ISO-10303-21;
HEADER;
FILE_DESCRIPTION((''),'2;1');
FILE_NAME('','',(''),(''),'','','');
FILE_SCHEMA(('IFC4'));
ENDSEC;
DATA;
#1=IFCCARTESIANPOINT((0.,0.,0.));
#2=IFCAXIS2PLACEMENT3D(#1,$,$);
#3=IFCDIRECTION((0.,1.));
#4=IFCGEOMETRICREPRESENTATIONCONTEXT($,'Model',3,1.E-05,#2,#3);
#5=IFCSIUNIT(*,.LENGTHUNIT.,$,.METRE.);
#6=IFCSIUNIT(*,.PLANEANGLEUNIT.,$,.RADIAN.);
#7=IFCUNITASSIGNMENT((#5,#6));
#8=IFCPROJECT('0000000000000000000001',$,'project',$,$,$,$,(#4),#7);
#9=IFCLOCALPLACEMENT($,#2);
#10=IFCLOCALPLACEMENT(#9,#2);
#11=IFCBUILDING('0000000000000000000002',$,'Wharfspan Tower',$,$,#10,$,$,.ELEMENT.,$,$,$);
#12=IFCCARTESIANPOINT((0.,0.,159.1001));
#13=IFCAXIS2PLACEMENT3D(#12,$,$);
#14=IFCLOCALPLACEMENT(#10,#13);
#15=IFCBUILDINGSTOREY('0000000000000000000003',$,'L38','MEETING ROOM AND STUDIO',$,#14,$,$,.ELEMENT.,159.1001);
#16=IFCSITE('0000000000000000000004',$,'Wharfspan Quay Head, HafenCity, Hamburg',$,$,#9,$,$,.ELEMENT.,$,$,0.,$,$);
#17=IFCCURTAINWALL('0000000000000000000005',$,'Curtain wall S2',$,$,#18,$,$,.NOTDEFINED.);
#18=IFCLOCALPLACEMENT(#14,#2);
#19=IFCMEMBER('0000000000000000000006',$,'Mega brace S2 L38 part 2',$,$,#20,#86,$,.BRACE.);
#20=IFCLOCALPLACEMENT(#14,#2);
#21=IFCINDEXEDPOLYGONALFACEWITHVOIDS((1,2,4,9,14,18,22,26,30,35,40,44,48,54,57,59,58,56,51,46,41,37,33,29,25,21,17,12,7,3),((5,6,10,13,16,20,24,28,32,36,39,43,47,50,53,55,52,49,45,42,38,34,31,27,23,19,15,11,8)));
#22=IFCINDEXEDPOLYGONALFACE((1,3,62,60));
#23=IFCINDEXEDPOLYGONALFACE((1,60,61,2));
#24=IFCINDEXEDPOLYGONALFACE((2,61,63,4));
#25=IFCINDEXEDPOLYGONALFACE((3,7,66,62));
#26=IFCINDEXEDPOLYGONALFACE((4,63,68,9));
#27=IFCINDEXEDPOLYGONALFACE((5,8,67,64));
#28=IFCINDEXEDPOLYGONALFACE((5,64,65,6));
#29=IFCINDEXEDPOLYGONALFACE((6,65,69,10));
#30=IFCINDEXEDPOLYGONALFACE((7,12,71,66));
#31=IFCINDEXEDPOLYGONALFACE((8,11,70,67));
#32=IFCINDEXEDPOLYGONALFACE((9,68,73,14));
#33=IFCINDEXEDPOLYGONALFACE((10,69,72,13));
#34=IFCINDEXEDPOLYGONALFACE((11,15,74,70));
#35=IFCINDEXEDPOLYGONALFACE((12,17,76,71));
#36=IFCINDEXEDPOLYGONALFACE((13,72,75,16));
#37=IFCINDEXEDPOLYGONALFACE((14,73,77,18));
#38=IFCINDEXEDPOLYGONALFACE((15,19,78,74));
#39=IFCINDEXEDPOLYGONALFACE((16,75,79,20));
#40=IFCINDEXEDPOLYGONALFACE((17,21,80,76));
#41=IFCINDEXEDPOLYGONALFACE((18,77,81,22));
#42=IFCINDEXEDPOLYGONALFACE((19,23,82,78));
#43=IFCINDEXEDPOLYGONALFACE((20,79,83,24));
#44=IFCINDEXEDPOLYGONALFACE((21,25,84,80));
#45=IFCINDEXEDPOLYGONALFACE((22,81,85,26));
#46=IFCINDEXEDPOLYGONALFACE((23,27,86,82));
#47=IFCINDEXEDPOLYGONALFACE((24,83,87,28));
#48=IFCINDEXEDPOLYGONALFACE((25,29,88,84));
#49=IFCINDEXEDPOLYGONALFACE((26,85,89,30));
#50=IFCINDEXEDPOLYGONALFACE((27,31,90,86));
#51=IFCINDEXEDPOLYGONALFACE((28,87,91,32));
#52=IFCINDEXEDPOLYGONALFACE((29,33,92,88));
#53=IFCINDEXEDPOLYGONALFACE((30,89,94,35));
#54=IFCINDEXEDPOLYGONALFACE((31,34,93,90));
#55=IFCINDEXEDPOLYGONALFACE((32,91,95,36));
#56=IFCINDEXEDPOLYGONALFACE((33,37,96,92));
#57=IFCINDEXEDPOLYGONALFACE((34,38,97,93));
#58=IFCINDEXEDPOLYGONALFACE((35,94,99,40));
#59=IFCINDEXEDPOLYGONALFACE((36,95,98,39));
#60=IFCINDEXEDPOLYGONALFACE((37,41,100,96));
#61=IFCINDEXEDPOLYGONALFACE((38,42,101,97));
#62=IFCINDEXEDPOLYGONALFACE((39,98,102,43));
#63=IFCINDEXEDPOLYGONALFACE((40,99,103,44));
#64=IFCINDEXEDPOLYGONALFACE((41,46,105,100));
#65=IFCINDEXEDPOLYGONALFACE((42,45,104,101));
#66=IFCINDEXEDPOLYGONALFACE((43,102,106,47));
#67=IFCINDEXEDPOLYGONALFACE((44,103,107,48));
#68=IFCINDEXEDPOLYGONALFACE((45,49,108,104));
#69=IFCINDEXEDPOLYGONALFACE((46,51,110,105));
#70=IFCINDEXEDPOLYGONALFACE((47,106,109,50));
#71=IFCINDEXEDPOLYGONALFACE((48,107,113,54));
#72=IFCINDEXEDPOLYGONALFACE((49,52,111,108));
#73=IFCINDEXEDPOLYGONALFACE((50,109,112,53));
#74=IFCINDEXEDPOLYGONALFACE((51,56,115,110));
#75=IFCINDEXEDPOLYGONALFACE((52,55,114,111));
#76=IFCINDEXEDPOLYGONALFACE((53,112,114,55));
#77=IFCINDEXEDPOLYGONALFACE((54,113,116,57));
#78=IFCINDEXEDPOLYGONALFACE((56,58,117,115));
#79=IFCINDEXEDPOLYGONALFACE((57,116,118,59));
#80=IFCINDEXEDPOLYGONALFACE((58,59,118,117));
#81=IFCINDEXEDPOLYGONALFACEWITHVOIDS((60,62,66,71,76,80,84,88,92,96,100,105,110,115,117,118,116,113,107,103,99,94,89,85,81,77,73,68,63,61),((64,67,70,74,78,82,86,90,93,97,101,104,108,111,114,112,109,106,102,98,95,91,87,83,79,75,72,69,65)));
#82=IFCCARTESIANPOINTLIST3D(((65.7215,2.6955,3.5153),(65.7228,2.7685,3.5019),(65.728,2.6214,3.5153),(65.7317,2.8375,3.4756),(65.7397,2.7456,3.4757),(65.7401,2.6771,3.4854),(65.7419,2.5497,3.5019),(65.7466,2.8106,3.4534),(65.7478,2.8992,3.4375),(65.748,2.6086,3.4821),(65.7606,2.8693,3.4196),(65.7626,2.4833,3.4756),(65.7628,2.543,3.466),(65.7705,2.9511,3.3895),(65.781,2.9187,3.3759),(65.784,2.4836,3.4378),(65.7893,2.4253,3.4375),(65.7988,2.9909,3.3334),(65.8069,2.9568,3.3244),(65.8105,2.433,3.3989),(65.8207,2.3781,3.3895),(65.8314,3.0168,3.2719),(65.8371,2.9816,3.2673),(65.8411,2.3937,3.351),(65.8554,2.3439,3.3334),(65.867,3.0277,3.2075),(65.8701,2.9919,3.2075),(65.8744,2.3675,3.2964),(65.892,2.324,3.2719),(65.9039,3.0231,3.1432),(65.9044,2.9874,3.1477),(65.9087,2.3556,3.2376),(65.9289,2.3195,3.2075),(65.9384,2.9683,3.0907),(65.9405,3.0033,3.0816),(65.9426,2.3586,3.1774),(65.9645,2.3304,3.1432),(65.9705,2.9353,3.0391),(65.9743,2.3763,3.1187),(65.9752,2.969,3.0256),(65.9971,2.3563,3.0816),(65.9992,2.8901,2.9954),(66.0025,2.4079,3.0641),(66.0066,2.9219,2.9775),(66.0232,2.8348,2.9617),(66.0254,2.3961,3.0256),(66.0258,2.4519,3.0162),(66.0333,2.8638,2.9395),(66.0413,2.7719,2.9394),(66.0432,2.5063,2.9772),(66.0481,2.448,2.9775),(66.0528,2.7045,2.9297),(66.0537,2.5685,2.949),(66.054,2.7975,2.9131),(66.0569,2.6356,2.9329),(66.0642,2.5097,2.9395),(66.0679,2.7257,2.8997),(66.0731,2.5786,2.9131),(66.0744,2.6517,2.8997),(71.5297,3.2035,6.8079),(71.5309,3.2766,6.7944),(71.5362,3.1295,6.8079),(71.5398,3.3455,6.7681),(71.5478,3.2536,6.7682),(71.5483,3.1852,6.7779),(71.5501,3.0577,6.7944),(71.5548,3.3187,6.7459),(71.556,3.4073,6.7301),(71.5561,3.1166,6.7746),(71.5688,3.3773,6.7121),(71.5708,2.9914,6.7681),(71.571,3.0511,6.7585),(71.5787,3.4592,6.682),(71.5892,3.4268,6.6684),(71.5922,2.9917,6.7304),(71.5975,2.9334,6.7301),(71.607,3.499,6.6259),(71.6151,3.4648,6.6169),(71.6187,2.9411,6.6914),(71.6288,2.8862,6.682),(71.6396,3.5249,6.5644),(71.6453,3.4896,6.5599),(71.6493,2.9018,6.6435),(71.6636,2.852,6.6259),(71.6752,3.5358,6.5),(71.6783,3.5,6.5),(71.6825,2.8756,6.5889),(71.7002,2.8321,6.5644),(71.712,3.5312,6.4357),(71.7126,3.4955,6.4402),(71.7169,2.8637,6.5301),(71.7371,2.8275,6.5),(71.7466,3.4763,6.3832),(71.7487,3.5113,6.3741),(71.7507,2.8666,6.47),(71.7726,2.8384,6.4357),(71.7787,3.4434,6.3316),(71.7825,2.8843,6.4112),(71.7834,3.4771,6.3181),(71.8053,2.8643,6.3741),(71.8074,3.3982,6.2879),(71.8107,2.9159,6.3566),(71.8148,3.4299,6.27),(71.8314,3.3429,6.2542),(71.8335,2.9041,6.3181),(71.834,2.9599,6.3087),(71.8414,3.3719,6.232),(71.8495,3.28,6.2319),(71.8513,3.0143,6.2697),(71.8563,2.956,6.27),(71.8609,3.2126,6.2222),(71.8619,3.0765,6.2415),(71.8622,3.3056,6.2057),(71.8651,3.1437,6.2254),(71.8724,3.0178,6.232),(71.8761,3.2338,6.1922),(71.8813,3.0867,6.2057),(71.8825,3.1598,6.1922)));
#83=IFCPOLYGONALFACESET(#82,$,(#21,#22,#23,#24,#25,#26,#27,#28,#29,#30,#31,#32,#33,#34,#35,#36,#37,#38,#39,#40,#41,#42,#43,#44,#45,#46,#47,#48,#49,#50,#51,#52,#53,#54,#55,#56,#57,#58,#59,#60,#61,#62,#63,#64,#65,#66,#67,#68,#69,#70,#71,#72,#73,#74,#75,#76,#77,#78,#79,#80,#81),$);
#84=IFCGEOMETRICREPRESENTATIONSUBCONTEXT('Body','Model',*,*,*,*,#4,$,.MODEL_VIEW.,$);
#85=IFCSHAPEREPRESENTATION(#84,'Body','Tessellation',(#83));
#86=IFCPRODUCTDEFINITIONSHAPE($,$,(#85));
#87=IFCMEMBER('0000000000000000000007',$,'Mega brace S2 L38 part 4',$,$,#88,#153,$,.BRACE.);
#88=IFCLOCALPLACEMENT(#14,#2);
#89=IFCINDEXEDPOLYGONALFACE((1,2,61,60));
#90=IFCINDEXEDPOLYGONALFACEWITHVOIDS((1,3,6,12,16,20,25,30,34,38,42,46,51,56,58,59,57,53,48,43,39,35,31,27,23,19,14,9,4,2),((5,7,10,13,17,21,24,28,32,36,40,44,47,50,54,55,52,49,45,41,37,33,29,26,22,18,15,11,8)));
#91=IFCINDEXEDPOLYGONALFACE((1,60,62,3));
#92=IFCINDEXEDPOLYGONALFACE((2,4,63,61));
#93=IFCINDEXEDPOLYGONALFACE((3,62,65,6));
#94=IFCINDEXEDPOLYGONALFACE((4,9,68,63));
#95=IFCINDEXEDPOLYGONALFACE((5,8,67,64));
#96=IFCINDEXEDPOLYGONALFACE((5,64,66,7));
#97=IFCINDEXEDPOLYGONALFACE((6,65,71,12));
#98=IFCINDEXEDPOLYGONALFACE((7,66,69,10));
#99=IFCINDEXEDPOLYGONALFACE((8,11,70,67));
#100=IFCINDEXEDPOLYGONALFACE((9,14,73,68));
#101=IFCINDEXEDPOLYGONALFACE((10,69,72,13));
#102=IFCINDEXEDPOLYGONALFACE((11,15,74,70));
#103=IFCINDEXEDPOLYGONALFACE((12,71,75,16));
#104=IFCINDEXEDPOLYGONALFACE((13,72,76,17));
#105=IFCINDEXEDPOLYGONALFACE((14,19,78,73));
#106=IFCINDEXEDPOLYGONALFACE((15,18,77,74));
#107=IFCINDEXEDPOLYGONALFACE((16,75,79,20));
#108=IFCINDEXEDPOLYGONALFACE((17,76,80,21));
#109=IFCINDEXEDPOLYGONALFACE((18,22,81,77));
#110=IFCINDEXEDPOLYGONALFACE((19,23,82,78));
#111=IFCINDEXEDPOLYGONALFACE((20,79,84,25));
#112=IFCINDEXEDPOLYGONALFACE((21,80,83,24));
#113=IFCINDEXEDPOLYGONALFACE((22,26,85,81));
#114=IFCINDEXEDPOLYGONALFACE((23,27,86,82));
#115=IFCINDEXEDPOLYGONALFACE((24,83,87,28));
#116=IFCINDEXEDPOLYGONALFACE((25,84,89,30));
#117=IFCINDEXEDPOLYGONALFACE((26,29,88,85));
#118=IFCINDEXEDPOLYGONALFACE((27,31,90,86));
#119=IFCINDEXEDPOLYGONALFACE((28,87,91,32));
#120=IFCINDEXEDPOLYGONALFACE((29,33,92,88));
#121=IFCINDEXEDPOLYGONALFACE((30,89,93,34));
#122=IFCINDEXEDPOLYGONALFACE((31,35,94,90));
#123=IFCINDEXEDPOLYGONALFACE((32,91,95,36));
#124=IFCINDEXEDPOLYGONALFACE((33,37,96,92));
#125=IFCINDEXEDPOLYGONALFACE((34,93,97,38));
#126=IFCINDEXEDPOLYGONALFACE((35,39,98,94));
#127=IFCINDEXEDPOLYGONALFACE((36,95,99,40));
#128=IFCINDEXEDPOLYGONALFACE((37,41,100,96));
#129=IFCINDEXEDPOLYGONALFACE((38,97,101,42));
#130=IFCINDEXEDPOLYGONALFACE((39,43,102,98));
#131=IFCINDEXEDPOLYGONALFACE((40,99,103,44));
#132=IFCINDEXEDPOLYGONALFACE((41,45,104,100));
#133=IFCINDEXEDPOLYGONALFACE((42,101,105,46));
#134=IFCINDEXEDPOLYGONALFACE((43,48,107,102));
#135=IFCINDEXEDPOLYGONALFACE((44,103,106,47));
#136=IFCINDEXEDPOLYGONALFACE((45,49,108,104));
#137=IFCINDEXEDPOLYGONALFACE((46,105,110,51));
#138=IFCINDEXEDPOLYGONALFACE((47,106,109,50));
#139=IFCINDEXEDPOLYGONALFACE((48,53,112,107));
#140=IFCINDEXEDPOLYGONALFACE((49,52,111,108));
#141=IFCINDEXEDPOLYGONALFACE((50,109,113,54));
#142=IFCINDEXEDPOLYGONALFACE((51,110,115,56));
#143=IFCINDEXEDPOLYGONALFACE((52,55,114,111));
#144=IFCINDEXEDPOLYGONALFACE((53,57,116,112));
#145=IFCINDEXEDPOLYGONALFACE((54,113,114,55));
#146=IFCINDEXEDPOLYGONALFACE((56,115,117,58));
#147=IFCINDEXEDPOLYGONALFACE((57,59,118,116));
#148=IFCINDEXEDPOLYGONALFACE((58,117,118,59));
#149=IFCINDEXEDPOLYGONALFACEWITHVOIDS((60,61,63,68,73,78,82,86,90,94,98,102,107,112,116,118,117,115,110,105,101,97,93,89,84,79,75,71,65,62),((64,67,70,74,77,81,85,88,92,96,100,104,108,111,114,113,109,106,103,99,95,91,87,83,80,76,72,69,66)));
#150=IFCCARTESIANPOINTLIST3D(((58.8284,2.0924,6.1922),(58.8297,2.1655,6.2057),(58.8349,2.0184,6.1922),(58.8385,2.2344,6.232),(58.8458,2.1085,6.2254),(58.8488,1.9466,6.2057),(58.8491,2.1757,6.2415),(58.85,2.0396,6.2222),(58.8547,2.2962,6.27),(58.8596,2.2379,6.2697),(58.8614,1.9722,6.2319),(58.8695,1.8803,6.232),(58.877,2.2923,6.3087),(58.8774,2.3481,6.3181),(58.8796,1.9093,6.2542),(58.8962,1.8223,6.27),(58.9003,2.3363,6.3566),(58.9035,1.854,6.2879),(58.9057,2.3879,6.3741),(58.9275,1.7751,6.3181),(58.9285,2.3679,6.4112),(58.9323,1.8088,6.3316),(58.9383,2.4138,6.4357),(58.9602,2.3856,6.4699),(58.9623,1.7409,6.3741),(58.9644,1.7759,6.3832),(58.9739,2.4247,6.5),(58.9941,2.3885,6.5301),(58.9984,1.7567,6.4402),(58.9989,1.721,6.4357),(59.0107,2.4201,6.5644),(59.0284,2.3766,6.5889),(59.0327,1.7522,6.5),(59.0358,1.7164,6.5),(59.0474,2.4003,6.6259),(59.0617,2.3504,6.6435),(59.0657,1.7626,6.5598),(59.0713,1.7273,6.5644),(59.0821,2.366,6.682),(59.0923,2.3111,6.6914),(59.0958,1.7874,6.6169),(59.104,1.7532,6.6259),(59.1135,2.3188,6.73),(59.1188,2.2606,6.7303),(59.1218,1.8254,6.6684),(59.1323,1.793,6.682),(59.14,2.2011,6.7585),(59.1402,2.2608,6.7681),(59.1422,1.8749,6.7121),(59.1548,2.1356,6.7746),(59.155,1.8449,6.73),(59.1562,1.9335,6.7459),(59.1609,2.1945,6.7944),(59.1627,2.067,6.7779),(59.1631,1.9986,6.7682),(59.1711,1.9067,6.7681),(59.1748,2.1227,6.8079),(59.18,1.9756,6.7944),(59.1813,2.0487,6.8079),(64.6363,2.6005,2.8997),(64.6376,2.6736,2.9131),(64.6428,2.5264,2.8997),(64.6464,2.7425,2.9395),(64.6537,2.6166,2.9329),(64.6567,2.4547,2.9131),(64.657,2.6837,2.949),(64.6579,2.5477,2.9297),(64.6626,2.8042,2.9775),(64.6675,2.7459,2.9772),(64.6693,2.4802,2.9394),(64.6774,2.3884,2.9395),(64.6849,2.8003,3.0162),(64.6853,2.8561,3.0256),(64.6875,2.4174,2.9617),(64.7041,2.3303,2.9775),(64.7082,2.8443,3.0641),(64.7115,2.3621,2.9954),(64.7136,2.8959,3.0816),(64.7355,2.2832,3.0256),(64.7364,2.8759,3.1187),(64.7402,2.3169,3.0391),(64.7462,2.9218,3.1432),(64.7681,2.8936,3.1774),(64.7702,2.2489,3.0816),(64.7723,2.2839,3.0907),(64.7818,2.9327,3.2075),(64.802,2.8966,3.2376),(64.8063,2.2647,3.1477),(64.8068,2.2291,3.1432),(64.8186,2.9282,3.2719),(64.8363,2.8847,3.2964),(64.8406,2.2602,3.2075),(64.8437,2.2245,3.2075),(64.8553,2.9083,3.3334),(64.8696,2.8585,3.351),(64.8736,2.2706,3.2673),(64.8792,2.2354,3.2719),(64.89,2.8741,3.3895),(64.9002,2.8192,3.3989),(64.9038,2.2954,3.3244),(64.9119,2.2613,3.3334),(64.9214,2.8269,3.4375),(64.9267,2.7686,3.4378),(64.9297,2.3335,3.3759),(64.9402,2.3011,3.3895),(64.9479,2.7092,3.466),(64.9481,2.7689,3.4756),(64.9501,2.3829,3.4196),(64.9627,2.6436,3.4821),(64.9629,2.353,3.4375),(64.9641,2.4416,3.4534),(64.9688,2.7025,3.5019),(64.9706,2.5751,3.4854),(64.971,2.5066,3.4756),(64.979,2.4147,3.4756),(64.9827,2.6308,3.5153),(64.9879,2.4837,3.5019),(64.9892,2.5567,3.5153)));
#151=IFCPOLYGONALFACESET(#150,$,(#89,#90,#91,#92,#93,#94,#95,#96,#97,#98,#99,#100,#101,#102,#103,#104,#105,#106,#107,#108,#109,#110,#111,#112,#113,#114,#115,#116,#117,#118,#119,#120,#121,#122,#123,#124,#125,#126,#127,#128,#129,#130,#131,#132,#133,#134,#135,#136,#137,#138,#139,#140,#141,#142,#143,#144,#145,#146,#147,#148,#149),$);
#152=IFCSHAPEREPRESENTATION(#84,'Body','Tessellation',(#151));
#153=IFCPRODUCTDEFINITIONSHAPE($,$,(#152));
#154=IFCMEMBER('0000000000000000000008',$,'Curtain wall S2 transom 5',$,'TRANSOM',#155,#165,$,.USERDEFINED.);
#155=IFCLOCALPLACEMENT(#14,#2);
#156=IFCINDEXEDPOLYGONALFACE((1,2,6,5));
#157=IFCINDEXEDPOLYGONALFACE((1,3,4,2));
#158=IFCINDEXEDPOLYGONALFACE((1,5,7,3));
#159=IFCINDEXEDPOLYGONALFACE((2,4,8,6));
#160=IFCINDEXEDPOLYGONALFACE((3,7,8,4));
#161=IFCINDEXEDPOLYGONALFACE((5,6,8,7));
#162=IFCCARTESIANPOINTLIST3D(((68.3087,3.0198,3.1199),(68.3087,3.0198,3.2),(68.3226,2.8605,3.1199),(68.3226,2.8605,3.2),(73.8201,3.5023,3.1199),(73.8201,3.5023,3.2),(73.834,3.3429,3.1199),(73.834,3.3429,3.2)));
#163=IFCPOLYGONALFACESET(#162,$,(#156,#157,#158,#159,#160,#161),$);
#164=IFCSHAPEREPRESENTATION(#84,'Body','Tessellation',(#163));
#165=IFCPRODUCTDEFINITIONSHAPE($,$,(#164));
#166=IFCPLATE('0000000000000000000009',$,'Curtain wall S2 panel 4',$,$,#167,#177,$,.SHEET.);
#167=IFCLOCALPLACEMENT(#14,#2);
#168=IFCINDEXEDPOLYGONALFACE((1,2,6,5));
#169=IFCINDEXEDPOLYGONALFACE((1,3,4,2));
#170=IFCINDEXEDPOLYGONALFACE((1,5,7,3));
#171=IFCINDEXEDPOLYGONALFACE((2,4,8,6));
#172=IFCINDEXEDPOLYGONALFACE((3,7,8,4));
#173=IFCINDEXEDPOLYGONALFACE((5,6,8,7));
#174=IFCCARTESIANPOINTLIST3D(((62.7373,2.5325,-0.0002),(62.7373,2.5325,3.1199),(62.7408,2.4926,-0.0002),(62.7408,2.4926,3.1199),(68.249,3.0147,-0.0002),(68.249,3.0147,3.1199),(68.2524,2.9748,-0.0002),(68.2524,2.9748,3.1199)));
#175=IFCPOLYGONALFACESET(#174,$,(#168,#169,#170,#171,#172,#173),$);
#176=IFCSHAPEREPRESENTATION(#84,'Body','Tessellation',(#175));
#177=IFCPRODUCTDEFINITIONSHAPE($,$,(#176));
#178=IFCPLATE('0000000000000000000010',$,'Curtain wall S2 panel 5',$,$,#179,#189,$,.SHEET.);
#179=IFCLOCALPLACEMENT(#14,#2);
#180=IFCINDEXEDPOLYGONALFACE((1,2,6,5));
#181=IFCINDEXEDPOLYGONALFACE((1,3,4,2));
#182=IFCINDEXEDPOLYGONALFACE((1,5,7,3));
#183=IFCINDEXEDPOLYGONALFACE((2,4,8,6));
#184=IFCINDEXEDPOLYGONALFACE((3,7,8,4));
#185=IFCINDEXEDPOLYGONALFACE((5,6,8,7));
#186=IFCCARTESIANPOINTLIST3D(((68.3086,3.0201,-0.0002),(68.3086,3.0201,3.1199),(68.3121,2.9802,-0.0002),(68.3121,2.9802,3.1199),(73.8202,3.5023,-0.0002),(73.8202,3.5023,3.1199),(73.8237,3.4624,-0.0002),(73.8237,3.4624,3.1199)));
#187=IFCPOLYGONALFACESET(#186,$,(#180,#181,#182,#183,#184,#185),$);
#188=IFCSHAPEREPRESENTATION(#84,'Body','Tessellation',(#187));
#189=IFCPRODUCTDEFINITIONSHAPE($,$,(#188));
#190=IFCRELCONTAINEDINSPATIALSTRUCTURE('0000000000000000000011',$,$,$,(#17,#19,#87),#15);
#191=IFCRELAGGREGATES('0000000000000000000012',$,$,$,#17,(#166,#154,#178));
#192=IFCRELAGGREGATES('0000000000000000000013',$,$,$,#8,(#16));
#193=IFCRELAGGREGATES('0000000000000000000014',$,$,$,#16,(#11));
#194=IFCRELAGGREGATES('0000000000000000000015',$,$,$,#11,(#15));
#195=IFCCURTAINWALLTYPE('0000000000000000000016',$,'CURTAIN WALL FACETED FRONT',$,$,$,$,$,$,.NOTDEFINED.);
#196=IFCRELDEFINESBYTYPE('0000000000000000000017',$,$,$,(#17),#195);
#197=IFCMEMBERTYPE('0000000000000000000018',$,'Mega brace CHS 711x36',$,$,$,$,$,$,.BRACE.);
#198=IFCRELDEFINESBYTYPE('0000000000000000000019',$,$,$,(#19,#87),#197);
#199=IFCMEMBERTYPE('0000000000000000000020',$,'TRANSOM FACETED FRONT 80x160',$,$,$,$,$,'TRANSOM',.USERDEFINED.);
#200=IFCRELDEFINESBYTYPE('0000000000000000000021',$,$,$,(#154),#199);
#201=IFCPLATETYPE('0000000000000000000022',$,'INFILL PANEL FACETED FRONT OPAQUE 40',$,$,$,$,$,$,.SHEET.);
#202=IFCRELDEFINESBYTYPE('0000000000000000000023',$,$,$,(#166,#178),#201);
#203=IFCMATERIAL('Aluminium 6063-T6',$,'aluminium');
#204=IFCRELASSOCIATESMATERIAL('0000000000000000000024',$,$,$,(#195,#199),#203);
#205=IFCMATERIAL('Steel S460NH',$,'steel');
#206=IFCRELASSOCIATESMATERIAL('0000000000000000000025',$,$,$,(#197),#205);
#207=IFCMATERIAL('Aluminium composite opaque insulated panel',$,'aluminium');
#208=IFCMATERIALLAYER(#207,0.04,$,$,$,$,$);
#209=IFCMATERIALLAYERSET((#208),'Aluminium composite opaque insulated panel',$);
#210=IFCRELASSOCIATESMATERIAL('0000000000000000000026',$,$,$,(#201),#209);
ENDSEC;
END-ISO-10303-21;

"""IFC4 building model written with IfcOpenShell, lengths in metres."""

from ifc_helpers import new_model, si_unit, direction, frame, origin, origin_2d, place, context, subcontext, project, spatial, rectangle, hollow_circle, extrude, material, layer, layer_set, material_profile, profile_set, type_object, element, aggregate, save


model = new_model("IFC4")

# Units and contexts
model_context = context("Model", 3, precision=1e-05, world=origin(), true_north=direction((0.0, 1.0)))
body_context = subcontext(model_context, "Body", "Model", "MODEL_VIEW")
ifc_project = project(units=[si_unit("LENGTHUNIT", "METRE"), si_unit("PLANEANGLEUNIT", "RADIAN")], contexts=[model_context])

# Site, building, storey
site_placement = place(None, origin())
site = spatial("IfcSite", under=ifc_project, at=site_placement, Name="Wharfspan Quay Head, HafenCity, Hamburg", CompositionType="ELEMENT", RefElevation=0.0)
building_placement = place(site_placement, origin())
building = spatial("IfcBuilding", under=site, at=building_placement, Name="Wharfspan Tower", CompositionType="ELEMENT")
storey_placement = place(building_placement, frame((0.0, 0.0, 159.1001)))
storey = spatial("IfcBuildingStorey", under=building, at=storey_placement, Name="L38", Description="MEETING ROOM AND STUDIO", CompositionType="ELEMENT", Elevation=159.1001)

# Curtain wall
ifc_material_1 = material(Name="Aluminium 6063-T6", Category="aluminium")
curtain_wall_type = type_object("IfcCurtainWallType", Name="CURTAIN WALL FACETED FRONT", PredefinedType="NOTDEFINED", material=ifc_material_1)
curtain_wall_placement = place(storey_placement, origin())
curtain_wall = element("IfcCurtainWall", 1, at=curtain_wall_placement, inside=storey, type_object=curtain_wall_type, Name="Curtain wall S2", PredefinedType="NOTDEFINED")

# Members
ifc_material_2 = material(Name="Steel S460NH", Category="steel")
ifc_material_profile_1 = material_profile(ifc_material_2, hollow_circle(Radius=0.3555, WallThickness=0.0359, at=origin_2d()))
ifc_profile_set_1 = profile_set([ifc_material_profile_1], Name="Steel S460NH")
member_type_1 = type_object("IfcMemberType", Name="Mega brace CHS 711x36", PredefinedType="BRACE", material=ifc_profile_set_1)
member_1_placement = place(storey_placement, frame((65.8979, 2.6736, 3.2075), z_axis=(0.867436, 0.075878, 0.491729), x_axis=(-0.08714, 0.996196, -0.000002)))
element("IfcMember", 2, at=member_1_placement, inside=storey, type_object=member_type_1, Name="Mega brace S2 L38 part 2", PredefinedType="BRACE", context=body_context, shape_type="SweptSolid", body=[
    extrude(hollow_circle(Radius=0.3555, WallThickness=0.0359, at=origin_2d()), origin(), (0.0, 0.0, 1.0), 6.6958),
])
member_2_placement = place(storey_placement, frame((64.8127, 2.5786, 3.2075), z_axis=(-0.867427, -0.07588, 0.491745), x_axis=(0.087145, -0.996197, 0.000001)))
element("IfcMember", 3, at=member_2_placement, inside=storey, type_object=member_type_1, Name="Mega brace S2 L38 part 4", PredefinedType="BRACE", context=body_context, shape_type="SweptSolid", body=[
    extrude(hollow_circle(Radius=0.3555, WallThickness=0.0359, at=origin_2d()), origin(), (0.0, 0.0, 1.0), 6.6956),
])

# Member
ifc_material_profile_2 = material_profile(ifc_material_1, rectangle(XDim=0.1599, YDim=0.0801, at=origin_2d()))
ifc_profile_set_2 = profile_set([ifc_material_profile_2], Name="Aluminium 6063-T6")
member_type_2 = type_object("IfcMemberType", Name="TRANSOM FACETED FRONT 80x160", ElementType="TRANSOM", PredefinedType="USERDEFINED", material=ifc_profile_set_2)
member_3_placement = place(storey_placement, frame((68.3157, 2.9402, 3.1599), z_axis=(0.996191, 0.087197, 0.0), x_axis=(-0.087197, 0.996191, 0.0)))
member_3 = element("IfcMember", 4, at=member_3_placement, type_object=member_type_2, Name="Curtain wall S2 transom 5", ObjectType="TRANSOM", PredefinedType="USERDEFINED", context=body_context, shape_type="SweptSolid", body=[
    extrude(rectangle(XDim=0.1599, YDim=0.0801, at=origin_2d()), origin(), (0.0, 0.0, 1.0), 5.5325),
])

# Plates
ifc_material_3 = material(Name="Aluminium composite opaque insulated panel", Category="aluminium")
ifc_layer_1 = layer(ifc_material_3, 0.04)
ifc_layer_set_1 = layer_set([ifc_layer_1], Name="Aluminium composite opaque insulated panel")
plate_type = type_object("IfcPlateType", Name="INFILL PANEL FACETED FRONT OPAQUE 40", PredefinedType="SHEET", material=ifc_layer_set_1)
plate_1_placement = place(storey_placement, frame((65.4949, 2.7537, -0.0002), z_axis=(0.0, 0.0, 1.0), x_axis=(0.996198, 0.087156, 0.0)))
plate_1 = element("IfcPlate", 5, at=plate_1_placement, type_object=plate_type, Name="Curtain wall S2 panel 4", PredefinedType="SHEET", context=body_context, shape_type="SweptSolid", body=[
    extrude(rectangle(XDim=5.5327, YDim=0.04, at=origin_2d()), origin(), (0.0, 0.0, 1.0), 3.1201),
])
plate_2_placement = place(storey_placement, frame((71.0662, 3.2412, -0.0002), z_axis=(0.0, 0.0, 1.0), x_axis=(0.996198, 0.087156, 0.0)))
plate_2 = element("IfcPlate", 6, at=plate_2_placement, type_object=plate_type, Name="Curtain wall S2 panel 5", PredefinedType="SHEET", context=body_context, shape_type="SweptSolid", body=[
    extrude(rectangle(XDim=5.5327, YDim=0.04, at=origin_2d()), origin(), (0.0, 0.0, 1.0), 3.1201),
])
aggregate(curtain_wall, [plate_1, member_3, plate_2])

save(model, "model.ifc")
